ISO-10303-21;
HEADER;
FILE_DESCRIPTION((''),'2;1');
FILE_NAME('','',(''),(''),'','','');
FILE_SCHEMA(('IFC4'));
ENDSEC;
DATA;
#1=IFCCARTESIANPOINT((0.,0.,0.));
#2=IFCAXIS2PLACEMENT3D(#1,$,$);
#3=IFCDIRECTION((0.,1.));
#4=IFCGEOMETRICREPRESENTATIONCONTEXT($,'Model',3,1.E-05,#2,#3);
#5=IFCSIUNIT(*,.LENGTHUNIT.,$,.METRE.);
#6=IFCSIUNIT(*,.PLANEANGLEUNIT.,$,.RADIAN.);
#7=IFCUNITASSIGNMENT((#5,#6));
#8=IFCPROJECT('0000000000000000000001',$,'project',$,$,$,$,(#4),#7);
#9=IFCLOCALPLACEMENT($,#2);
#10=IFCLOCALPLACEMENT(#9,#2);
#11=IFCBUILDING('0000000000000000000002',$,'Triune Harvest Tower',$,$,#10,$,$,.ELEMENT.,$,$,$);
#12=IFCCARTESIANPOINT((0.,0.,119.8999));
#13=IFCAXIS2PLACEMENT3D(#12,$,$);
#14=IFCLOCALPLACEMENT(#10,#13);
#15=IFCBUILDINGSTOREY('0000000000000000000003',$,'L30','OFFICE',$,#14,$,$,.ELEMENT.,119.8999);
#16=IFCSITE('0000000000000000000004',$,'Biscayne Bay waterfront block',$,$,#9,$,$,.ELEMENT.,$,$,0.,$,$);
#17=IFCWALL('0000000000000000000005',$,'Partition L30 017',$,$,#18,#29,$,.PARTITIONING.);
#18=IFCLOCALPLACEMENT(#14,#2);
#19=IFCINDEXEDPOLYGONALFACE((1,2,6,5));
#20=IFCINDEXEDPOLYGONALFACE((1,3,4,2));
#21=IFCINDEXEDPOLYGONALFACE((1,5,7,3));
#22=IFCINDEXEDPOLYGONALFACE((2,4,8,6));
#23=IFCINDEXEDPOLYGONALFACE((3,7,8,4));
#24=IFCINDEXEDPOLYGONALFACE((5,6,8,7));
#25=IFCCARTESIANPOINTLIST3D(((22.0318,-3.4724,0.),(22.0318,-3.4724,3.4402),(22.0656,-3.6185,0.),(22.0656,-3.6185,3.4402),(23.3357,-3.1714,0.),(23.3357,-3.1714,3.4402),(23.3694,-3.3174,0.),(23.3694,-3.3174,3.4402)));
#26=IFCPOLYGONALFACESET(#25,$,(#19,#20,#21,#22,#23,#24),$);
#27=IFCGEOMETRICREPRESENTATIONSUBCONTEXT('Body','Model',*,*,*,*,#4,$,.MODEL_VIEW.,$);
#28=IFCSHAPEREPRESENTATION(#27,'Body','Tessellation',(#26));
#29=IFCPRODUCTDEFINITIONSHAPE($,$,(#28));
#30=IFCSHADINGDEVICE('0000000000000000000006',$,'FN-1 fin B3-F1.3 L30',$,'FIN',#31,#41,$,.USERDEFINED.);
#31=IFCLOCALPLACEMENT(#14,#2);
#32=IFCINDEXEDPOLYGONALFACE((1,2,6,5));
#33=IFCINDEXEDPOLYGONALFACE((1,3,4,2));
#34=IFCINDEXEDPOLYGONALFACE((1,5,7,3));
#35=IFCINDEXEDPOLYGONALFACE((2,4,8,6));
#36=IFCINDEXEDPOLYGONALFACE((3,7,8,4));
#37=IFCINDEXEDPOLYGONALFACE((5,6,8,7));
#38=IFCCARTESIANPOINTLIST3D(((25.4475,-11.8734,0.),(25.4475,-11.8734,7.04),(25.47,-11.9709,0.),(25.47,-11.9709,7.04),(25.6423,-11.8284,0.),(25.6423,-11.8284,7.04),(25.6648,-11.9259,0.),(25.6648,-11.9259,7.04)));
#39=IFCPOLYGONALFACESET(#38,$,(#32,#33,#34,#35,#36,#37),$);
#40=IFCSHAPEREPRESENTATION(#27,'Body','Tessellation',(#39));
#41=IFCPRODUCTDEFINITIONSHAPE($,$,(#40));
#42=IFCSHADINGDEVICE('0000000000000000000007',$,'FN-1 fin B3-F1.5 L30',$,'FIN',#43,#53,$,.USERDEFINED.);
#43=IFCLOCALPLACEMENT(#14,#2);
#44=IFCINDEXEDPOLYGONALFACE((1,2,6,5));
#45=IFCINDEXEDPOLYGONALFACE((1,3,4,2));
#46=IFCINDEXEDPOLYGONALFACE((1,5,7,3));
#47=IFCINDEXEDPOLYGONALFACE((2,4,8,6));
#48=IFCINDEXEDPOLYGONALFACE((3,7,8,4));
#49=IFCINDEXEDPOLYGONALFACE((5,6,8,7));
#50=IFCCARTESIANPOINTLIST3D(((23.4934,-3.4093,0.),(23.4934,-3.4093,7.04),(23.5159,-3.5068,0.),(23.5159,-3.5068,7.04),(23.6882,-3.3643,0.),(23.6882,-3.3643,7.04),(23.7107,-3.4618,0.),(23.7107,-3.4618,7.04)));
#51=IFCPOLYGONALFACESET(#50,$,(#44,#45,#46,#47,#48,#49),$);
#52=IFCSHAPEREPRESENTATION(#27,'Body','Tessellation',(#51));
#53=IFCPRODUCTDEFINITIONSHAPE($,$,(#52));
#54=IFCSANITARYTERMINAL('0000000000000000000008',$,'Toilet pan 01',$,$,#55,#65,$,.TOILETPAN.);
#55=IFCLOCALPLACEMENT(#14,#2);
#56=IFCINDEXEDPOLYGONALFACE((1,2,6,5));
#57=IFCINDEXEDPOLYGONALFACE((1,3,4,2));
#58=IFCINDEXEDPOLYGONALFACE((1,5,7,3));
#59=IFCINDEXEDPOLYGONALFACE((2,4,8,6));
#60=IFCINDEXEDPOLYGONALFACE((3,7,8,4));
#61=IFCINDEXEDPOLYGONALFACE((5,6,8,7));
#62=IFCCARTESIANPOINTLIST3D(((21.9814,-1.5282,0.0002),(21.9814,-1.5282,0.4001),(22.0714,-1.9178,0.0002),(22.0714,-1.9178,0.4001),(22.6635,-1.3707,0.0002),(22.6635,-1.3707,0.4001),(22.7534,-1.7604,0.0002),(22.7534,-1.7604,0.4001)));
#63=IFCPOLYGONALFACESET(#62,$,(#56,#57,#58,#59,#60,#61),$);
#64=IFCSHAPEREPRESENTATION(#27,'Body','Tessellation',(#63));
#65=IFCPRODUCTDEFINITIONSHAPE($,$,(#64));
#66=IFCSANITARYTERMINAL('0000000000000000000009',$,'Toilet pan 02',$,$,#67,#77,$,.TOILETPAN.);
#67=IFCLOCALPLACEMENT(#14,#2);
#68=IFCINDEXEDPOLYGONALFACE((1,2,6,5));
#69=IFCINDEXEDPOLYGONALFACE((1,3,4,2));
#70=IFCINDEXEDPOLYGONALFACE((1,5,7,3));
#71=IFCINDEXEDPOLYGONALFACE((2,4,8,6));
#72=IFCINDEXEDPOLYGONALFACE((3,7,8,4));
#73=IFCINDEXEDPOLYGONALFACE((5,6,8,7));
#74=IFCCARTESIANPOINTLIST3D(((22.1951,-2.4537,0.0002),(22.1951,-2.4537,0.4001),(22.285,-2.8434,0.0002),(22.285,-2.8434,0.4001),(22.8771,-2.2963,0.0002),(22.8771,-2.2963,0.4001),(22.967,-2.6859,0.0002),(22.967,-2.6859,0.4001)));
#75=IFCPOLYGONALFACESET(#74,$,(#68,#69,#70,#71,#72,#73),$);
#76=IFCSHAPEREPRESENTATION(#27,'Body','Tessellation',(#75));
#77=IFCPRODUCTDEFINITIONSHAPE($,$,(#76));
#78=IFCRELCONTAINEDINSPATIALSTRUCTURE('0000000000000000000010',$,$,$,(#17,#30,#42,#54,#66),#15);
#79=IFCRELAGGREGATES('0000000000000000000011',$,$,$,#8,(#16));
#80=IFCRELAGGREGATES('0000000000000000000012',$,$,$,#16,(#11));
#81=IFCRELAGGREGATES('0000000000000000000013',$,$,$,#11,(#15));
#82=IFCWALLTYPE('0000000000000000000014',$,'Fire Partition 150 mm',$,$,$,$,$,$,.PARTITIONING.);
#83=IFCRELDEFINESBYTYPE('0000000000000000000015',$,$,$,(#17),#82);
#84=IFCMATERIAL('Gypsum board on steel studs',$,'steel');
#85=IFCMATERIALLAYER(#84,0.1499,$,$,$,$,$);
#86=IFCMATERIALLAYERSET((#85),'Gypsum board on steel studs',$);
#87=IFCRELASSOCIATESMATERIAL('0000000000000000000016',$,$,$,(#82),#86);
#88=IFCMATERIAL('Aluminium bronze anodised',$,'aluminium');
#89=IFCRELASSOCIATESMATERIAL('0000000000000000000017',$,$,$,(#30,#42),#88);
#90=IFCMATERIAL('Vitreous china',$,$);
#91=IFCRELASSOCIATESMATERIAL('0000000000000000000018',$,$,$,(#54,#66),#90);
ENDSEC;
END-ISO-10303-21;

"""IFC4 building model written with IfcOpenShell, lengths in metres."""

from ifc_helpers import new_model, si_unit, direction, frame, frame_2d, origin, origin_2d, place, context, subcontext, project, spatial, rectangle, extrude, source, transform, mapped, material, layer, layer_set, type_object, element, save


model = new_model("IFC4")

# Units and contexts
model_context = context("Model", 3, precision=1e-05, world=origin(), true_north=direction((0.0, 1.0)))
body_context = subcontext(model_context, "Body", "Model", "MODEL_VIEW")
ifc_project = project(units=[si_unit("LENGTHUNIT", "METRE"), si_unit("PLANEANGLEUNIT", "RADIAN")], contexts=[model_context])

# Site, building, storey
site_placement = place(None, origin())
site = spatial("IfcSite", under=ifc_project, at=site_placement, Name="Biscayne Bay waterfront block", CompositionType="ELEMENT", RefElevation=0.0)
building_placement = place(site_placement, origin())
building = spatial("IfcBuilding", under=site, at=building_placement, Name="Triune Harvest Tower", CompositionType="ELEMENT")
storey_placement = place(building_placement, frame((0.0, 0.0, 119.8999)))
storey = spatial("IfcBuildingStorey", under=building, at=storey_placement, Name="L30", Description="OFFICE", CompositionType="ELEMENT", Elevation=119.8999)

# Wall
ifc_material_1 = material(Name="Gypsum board on steel studs", Category="steel")
ifc_layer_1 = layer(ifc_material_1, 0.1499)
ifc_layer_set_1 = layer_set([ifc_layer_1], Name="Gypsum board on steel studs")
wall_type = type_object("IfcWallType", Name="Fire Partition 150 mm", PredefinedType="PARTITIONING", material=ifc_layer_set_1)
wall_placement = place(storey_placement, frame((22.0488, -3.5454, 0.0), z_axis=(0.0, 0.0, 1.0), x_axis=(0.974364, 0.224979, 0.0)))
element("IfcWall", 1, at=wall_placement, inside=storey, type_object=wall_type, Name="Partition L30 017", PredefinedType="PARTITIONING", context=body_context, shape_type="SweptSolid", body=[
    extrude(rectangle(XDim=1.3381, YDim=0.1499, at=frame_2d((0.6689, 0.0))), origin(), (0.0, 0.0, 1.0), 3.4402),
])

# Shading devices
ifc_material_2 = material(Name="Aluminium bronze anodised", Category="aluminium")
shared_shape_1 = source(origin(), body_context, "Body", "SweptSolid", [
    extrude(rectangle(XDim=0.1001, YDim=0.2, at=origin_2d()), origin(), (0.0, 0.0, 1.0), 7.04),
])
for number, where, z_axis, x_axis, name in (
    (2, (25.5562, -11.8997, 0.0), (0.0, 0.0, 1.0), (-0.224951, 0.97437, 0.0), "FN-1 fin B3-F1.3 L30"),
    (3, (23.6021, -3.4355, 0.0), (0.0, 0.0, 1.0), (-0.224951, 0.97437, 0.0), "FN-1 fin B3-F1.5 L30"),
):
    element("IfcShadingDevice", number, at=place(storey_placement, frame(where, z_axis=z_axis, x_axis=x_axis)), inside=storey, material=ifc_material_2, Name=name, ObjectType="FIN", PredefinedType="USERDEFINED", context=body_context, shape_type="MappedRepresentation", body=[
        mapped(shared_shape_1, transform((0.0, 0.0, 0.0), scale=1.0)),
    ])

# Sanitary terminals
ifc_material_3 = material(Name="Vitreous china")
shared_shape_2 = source(origin(), body_context, "Body", "SweptSolid", [
    extrude(rectangle(XDim=0.3999, YDim=0.7, at=origin_2d()), origin(), (0.0, 0.0, 1.0), 0.3999),
])
for number, where, z_axis, x_axis, name in (
    (4, (22.3674, -1.6443, 0.0002), (0.0, 0.0, 1.0), (0.224934, -0.974374, 0.0), "Toilet pan 01"),
    (5, (22.5811, -2.5698, 0.0002), (0.0, 0.0, 1.0), (0.224934, -0.974374, 0.0), "Toilet pan 02"),
):
    element("IfcSanitaryTerminal", number, at=place(storey_placement, frame(where, z_axis=z_axis, x_axis=x_axis)), inside=storey, material=ifc_material_3, Name=name, PredefinedType="TOILETPAN", context=body_context, shape_type="MappedRepresentation", body=[
        mapped(shared_shape_2, transform((0.0, 0.0, 0.0), scale=1.0)),
    ])

save(model, "model.ifc")
